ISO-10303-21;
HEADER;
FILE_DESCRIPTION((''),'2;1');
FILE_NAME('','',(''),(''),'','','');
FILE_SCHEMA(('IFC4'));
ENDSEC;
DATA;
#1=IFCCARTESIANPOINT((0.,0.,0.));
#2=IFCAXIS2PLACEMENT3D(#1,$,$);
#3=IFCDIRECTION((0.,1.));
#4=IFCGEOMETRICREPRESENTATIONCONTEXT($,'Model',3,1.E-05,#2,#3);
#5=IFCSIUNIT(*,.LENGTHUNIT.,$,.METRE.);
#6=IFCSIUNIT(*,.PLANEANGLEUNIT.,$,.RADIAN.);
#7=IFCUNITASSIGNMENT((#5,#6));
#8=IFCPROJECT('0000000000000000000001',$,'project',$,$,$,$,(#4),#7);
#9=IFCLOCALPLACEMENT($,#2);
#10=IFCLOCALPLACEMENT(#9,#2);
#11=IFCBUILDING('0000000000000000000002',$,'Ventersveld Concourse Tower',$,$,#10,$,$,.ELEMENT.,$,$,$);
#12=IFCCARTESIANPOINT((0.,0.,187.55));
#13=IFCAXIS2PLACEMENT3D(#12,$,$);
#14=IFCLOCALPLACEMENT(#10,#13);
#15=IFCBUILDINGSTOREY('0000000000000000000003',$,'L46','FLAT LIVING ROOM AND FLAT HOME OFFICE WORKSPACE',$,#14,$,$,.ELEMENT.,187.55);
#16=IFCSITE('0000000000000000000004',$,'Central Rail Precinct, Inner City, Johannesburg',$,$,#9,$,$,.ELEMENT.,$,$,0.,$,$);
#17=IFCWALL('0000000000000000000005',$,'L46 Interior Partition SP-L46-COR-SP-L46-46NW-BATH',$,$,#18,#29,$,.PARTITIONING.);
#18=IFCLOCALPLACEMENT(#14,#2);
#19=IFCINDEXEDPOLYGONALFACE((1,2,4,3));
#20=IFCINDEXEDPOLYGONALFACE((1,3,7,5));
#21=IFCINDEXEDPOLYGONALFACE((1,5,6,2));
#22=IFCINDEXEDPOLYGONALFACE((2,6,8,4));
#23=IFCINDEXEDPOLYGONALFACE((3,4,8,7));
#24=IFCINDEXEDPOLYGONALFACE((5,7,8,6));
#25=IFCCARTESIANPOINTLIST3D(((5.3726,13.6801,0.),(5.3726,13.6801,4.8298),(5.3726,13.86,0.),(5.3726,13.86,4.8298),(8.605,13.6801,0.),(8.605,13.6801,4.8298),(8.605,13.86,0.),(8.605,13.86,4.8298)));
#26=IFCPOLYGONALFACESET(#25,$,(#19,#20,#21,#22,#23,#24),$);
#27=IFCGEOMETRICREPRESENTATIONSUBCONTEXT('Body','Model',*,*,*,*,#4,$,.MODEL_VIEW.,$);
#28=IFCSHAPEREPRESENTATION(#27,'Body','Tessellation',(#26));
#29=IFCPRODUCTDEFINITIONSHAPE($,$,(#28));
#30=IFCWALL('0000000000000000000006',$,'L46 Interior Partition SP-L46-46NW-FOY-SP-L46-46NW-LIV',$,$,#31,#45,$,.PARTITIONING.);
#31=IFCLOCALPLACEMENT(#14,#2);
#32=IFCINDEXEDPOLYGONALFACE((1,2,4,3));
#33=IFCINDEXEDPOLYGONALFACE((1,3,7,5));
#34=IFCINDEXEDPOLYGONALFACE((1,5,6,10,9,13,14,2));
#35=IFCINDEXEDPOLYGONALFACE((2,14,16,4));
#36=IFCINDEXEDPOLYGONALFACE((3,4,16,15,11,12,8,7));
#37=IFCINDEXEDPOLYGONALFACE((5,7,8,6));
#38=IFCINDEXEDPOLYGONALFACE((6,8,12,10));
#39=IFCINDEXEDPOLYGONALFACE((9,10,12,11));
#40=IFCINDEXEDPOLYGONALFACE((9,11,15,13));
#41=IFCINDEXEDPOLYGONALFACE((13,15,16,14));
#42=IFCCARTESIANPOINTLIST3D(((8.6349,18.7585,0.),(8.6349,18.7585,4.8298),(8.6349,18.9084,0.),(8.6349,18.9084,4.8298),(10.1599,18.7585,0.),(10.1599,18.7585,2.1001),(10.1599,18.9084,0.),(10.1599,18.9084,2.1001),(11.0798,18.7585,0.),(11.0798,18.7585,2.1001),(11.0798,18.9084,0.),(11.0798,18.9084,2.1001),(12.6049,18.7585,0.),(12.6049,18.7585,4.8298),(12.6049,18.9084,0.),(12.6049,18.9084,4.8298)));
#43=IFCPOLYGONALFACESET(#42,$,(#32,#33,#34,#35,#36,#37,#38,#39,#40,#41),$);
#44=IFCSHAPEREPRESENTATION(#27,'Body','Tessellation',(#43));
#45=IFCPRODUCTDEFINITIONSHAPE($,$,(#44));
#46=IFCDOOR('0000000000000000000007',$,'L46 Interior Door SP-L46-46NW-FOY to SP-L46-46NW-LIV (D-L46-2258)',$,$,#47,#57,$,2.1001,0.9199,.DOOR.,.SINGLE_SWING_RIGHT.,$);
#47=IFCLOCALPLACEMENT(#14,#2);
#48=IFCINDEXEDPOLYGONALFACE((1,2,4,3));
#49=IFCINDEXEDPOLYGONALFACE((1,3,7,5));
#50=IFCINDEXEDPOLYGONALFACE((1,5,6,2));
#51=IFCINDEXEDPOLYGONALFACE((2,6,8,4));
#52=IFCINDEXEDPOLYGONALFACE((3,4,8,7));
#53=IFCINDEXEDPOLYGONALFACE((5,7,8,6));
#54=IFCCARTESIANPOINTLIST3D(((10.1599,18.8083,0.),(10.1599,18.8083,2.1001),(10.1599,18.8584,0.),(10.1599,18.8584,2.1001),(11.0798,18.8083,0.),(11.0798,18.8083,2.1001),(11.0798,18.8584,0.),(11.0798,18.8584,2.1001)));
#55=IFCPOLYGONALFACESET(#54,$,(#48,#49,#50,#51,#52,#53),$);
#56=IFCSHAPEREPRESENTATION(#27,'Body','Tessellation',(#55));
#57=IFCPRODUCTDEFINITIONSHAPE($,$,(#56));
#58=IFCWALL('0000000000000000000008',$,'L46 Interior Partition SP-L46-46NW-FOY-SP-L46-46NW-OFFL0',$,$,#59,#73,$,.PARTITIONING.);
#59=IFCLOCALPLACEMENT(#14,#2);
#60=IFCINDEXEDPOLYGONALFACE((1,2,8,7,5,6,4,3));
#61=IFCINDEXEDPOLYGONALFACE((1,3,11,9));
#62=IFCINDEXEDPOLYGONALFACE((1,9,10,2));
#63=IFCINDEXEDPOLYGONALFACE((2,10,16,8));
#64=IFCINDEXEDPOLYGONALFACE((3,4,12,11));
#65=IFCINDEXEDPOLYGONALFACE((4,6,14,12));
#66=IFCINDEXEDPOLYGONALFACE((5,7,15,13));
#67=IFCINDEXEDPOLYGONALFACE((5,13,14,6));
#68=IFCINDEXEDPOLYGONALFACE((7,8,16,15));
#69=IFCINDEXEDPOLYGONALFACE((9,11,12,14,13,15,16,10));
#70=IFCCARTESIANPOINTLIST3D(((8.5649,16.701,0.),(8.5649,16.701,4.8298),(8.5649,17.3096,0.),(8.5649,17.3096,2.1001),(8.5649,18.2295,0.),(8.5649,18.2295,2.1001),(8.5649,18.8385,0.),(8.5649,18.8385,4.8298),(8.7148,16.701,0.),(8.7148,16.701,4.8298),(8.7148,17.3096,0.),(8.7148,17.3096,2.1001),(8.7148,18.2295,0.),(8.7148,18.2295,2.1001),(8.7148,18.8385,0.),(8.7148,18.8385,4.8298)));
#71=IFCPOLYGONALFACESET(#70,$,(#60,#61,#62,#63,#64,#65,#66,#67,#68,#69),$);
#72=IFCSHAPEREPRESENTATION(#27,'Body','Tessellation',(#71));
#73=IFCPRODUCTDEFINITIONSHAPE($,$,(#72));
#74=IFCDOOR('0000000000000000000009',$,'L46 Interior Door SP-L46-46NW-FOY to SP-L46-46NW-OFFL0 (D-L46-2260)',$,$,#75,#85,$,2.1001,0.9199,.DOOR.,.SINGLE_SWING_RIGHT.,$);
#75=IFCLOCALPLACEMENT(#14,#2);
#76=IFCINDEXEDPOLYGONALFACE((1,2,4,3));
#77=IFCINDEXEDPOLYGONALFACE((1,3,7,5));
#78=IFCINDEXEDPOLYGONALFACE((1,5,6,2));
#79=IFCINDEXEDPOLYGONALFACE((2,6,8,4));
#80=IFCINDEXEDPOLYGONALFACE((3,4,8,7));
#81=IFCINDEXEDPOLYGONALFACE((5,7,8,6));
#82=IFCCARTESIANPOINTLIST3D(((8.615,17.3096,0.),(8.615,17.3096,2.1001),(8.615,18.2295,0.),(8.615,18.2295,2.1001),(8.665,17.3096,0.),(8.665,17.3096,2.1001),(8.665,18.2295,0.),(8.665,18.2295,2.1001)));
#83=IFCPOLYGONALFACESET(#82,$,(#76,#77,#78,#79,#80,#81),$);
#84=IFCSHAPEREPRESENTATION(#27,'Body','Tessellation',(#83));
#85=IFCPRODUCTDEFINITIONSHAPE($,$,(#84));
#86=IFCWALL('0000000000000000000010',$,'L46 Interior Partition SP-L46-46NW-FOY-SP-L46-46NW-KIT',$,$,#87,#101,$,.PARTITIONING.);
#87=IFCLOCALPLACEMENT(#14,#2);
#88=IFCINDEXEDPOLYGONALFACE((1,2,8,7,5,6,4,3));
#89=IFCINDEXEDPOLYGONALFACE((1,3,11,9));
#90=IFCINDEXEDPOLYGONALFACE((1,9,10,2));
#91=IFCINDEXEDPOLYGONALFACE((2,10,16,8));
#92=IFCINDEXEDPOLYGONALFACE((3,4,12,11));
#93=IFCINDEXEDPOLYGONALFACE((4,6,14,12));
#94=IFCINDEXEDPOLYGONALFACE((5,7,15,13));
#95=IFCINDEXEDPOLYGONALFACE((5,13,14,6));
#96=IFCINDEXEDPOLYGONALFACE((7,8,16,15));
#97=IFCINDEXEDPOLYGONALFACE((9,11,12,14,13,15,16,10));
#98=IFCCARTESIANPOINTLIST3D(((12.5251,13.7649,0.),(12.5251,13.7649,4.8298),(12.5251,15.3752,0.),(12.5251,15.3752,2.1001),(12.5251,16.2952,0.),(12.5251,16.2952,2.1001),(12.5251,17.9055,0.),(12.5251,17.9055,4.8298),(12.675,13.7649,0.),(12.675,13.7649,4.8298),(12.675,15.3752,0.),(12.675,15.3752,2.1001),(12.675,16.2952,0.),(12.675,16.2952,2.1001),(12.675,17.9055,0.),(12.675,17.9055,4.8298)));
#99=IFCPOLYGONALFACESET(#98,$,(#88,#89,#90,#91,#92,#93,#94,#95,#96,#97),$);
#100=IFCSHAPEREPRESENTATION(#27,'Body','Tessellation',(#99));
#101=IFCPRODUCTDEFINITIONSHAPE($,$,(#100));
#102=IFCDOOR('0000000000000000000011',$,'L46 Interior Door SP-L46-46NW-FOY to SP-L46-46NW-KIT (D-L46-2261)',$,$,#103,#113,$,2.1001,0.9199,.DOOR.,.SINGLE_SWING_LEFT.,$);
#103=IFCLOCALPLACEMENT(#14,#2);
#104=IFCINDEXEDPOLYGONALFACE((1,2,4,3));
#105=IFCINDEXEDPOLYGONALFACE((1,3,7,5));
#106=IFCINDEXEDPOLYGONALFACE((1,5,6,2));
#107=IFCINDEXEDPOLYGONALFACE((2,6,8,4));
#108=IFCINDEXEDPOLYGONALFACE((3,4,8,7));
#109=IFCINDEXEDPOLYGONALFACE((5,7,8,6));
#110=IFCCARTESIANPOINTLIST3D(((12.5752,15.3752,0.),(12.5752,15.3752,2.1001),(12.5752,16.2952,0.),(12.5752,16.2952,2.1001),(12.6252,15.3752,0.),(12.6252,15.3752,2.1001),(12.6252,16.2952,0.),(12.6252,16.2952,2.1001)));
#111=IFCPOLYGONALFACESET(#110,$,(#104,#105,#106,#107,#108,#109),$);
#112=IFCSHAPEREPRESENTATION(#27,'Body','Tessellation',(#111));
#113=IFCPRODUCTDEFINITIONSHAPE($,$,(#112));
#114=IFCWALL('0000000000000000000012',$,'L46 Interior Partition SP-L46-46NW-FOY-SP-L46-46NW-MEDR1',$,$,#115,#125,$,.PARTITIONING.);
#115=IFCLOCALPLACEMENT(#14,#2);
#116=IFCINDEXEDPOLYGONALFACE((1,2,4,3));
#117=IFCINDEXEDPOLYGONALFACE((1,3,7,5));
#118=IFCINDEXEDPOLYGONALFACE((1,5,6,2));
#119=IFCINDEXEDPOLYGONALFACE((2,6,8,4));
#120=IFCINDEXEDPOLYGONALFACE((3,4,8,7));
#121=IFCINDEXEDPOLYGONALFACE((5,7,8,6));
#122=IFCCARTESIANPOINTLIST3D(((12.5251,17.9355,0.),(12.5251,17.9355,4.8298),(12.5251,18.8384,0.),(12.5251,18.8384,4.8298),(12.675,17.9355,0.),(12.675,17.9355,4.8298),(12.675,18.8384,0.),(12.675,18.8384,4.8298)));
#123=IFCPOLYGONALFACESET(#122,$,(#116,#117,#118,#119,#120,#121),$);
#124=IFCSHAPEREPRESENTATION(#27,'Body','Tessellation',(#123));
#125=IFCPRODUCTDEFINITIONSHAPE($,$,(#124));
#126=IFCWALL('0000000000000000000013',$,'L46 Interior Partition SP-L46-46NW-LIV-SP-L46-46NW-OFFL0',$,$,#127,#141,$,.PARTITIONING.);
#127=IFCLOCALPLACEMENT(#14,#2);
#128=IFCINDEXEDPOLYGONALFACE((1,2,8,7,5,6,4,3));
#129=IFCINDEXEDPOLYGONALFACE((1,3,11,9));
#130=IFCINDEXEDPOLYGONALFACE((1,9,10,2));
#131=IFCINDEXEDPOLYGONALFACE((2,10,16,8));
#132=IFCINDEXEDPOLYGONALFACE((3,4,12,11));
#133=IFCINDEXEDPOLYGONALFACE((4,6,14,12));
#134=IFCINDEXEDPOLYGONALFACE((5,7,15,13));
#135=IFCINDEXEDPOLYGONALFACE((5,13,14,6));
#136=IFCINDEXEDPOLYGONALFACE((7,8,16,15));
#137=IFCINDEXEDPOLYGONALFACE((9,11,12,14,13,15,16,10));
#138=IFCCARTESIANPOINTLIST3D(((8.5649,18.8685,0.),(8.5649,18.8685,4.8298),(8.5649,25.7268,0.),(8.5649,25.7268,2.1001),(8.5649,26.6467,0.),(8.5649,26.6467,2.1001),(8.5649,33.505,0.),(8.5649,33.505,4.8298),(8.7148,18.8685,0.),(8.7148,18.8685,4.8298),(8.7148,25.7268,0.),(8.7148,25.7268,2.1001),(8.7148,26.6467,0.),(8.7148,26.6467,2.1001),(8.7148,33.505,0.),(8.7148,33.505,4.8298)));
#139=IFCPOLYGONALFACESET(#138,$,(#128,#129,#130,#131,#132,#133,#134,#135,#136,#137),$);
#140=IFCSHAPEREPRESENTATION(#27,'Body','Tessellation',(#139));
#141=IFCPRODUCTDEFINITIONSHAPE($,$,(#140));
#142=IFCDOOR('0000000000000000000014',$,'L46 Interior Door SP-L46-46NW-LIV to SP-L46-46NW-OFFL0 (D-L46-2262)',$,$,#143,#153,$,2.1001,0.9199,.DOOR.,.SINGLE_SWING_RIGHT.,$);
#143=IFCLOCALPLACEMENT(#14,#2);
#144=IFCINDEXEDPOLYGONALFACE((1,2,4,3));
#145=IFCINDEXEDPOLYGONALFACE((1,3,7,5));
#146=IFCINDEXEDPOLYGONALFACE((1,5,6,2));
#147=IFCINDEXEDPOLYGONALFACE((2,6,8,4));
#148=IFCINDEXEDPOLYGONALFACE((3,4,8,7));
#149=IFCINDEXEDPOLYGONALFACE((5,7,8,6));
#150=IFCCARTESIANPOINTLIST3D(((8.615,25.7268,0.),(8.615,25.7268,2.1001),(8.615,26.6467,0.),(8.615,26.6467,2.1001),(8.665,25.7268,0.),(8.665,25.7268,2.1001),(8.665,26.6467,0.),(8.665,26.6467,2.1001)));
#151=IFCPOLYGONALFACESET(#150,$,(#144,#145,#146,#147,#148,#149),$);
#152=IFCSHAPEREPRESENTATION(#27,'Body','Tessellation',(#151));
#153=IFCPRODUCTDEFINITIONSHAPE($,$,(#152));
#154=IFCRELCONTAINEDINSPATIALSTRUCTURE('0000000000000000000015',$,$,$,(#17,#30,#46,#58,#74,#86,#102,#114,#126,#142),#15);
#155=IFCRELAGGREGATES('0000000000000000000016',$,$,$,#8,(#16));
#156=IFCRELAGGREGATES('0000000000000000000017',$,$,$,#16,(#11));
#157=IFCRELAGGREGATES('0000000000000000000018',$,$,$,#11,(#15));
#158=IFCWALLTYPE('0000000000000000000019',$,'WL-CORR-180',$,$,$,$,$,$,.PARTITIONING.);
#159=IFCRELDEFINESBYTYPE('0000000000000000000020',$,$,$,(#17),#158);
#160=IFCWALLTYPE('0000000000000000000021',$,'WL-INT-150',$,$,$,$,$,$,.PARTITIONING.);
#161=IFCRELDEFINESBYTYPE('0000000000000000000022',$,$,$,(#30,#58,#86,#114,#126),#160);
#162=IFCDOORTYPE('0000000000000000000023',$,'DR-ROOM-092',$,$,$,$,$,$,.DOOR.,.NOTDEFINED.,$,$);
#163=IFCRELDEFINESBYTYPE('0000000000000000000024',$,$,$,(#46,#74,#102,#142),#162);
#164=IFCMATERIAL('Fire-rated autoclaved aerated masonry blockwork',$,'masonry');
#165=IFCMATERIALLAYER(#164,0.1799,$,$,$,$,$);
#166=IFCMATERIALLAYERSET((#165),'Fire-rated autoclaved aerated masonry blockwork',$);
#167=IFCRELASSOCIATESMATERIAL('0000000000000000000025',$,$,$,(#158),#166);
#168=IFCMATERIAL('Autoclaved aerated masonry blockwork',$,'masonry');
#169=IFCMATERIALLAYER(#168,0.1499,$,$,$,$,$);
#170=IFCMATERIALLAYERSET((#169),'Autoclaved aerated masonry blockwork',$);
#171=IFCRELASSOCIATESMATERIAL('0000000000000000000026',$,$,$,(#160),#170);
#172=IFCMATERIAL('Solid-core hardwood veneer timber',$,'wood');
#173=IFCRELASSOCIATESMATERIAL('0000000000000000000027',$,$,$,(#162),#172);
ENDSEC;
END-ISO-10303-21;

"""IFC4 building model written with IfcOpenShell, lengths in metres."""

from ifc_helpers import new_model, si_unit, direction, frame, frame_2d, origin, place, context, subcontext, project, spatial, rectangle, extrude, material, layer, layer_set, type_object, element, fill, save


model = new_model("IFC4")

# Units and contexts
model_context = context("Model", 3, precision=1e-05, world=origin(), true_north=direction((0.0, 1.0)))
body_context = subcontext(model_context, "Body", "Model", "MODEL_VIEW")
ifc_project = project(units=[si_unit("LENGTHUNIT", "METRE"), si_unit("PLANEANGLEUNIT", "RADIAN")], contexts=[model_context])

# Site, building, storey
site_placement = place(None, origin())
site = spatial("IfcSite", under=ifc_project, at=site_placement, Name="Central Rail Precinct, Inner City, Johannesburg", CompositionType="ELEMENT", RefElevation=0.0)
building_placement = place(site_placement, origin())
building = spatial("IfcBuilding", under=site, at=building_placement, Name="Ventersveld Concourse Tower", CompositionType="ELEMENT")
storey_placement = place(building_placement, frame((0.0, 0.0, 187.55)))
storey = spatial("IfcBuildingStorey", under=building, at=storey_placement, Name="L46", Description="FLAT LIVING ROOM AND FLAT HOME OFFICE WORKSPACE", CompositionType="ELEMENT", Elevation=187.55)

# Shared definitions
ifc_material_1 = material(Name="Fire-rated autoclaved aerated masonry blockwork", Category="masonry")
ifc_layer_1 = layer(ifc_material_1, 0.1799)
ifc_layer_set_1 = layer_set([ifc_layer_1], Name="Fire-rated autoclaved aerated masonry blockwork")
wall_type_1 = type_object("IfcWallType", Name="WL-CORR-180", PredefinedType="PARTITIONING", material=ifc_layer_set_1)
ifc_material_2 = material(Name="Solid-core hardwood veneer timber", Category="wood")

# Wall
wall_1_placement = place(storey_placement, frame((5.3726, 13.77, 0.0), z_axis=(0.0, 0.0, 1.0), x_axis=(1.0, 0.0, 0.0)))
element("IfcWall", 1, at=wall_1_placement, inside=storey, type_object=wall_type_1, Name="L46 Interior Partition SP-L46-COR-SP-L46-46NW-BATH", PredefinedType="PARTITIONING", context=body_context, shape_type="SweptSolid", body=[
    extrude(rectangle(XDim=3.2324, YDim=0.1799, at=frame_2d((1.6162, 0.0))), origin(), (0.0, 0.0, 1.0), 4.8298),
])

# Walls, openings, doors
ifc_material_3 = material(Name="Autoclaved aerated masonry blockwork", Category="masonry")
ifc_layer_2 = layer(ifc_material_3, 0.1499)
ifc_layer_set_2 = layer_set([ifc_layer_2], Name="Autoclaved aerated masonry blockwork")
wall_type_2 = type_object("IfcWallType", Name="WL-INT-150", PredefinedType="PARTITIONING", material=ifc_layer_set_2)
wall_2_placement = place(storey_placement, frame((8.635, 18.8335, 0.0), z_axis=(0.0, 0.0, 1.0), x_axis=(1.0, 0.0, 0.0)))
wall_2 = element("IfcWall", 2, at=wall_2_placement, inside=storey, type_object=wall_type_2, Name="L46 Interior Partition SP-L46-46NW-FOY-SP-L46-46NW-LIV", PredefinedType="PARTITIONING", context=body_context, shape_type="SweptSolid", body=[
    extrude(rectangle(XDim=3.97, YDim=0.1499, at=frame_2d((1.9849, 0.0))), origin(), (0.0, 0.0, 1.0), 4.8298),
])
opening_1_placement = place(wall_2_placement, frame((1.5249, 0.0, 0.0)))
opening_1 = element("IfcOpeningElement", 3, at=opening_1_placement, cuts=wall_2, PredefinedType="OPENING", context=body_context, shape_type="SweptSolid", body=[
    extrude(rectangle(XDim=0.9199, YDim=2.1001, at=frame_2d((0.46, 1.05))), frame((0.0, 0.085, 0.0), z_axis=(0.0, -1.0, 0.0), x_axis=(1.0, 0.0, 0.0)), (0.0, 0.0, 1.0), 0.1699),
])
door_type_1 = type_object("IfcDoorType", Name="DR-ROOM-092", OperationType="NOTDEFINED", PredefinedType="DOOR", material=ifc_material_2)
door_1_placement = place(opening_1_placement, origin())
door_1 = element("IfcDoor", 4, at=door_1_placement, inside=storey, type_object=door_type_1, Name="L46 Interior Door SP-L46-46NW-FOY to SP-L46-46NW-LIV (D-L46-2258)", OperationType="SINGLE_SWING_RIGHT", OverallHeight=2.1001, OverallWidth=0.9199, PredefinedType="DOOR", context=body_context, shape_type="SweptSolid", body=[
    extrude(rectangle(XDim=0.9199, YDim=2.1001, at=frame_2d((0.46, 1.05))), frame((0.0, 0.0249, 0.0), z_axis=(0.0, -1.0, 0.0), x_axis=(1.0, 0.0, 0.0)), (0.0, 0.0, 1.0), 0.05),
])
fill(opening_1, door_1)
wall_3_placement = place(storey_placement, frame((8.6399, 16.7009, 0.0), z_axis=(0.0, 0.0, 1.0), x_axis=(0.0, 1.0, 0.0)))
wall_3 = element("IfcWall", 5, at=wall_3_placement, inside=storey, type_object=wall_type_2, Name="L46 Interior Partition SP-L46-46NW-FOY-SP-L46-46NW-OFFL0", PredefinedType="PARTITIONING", context=body_context, shape_type="SweptSolid", body=[
    extrude(rectangle(XDim=2.1375, YDim=0.1499, at=frame_2d((1.0688, 0.0))), origin(), (0.0, 0.0, 1.0), 4.8298),
])
opening_2_placement = place(wall_3_placement, frame((0.6086, 0.0, 0.0)))
opening_2 = element("IfcOpeningElement", 6, at=opening_2_placement, cuts=wall_3, PredefinedType="OPENING", context=body_context, shape_type="SweptSolid", body=[
    extrude(rectangle(XDim=0.9199, YDim=2.1001, at=frame_2d((0.46, 1.05))), frame((0.0, 0.085, 0.0), z_axis=(0.0, -1.0, 0.0), x_axis=(1.0, 0.0, 0.0)), (0.0, 0.0, 1.0), 0.1699),
])
door_2_placement = place(opening_2_placement, origin())
door_2 = element("IfcDoor", 7, at=door_2_placement, inside=storey, type_object=door_type_1, Name="L46 Interior Door SP-L46-46NW-FOY to SP-L46-46NW-OFFL0 (D-L46-2260)", OperationType="SINGLE_SWING_RIGHT", OverallHeight=2.1001, OverallWidth=0.9199, PredefinedType="DOOR", context=body_context, shape_type="SweptSolid", body=[
    extrude(rectangle(XDim=0.9199, YDim=2.1001, at=frame_2d((0.46, 1.05))), frame((0.0, 0.0249, 0.0), z_axis=(0.0, -1.0, 0.0), x_axis=(1.0, 0.0, 0.0)), (0.0, 0.0, 1.0), 0.05),
])
fill(opening_2, door_2)
wall_4_placement = place(storey_placement, frame((12.6001, 13.7649, 0.0), z_axis=(0.0, 0.0, 1.0), x_axis=(0.0, 1.0, 0.0)))
wall_4 = element("IfcWall", 8, at=wall_4_placement, inside=storey, type_object=wall_type_2, Name="L46 Interior Partition SP-L46-46NW-FOY-SP-L46-46NW-KIT", PredefinedType="PARTITIONING", context=body_context, shape_type="SweptSolid", body=[
    extrude(rectangle(XDim=4.1406, YDim=0.1499, at=frame_2d((2.0703, 0.0))), origin(), (0.0, 0.0, 1.0), 4.8298),
])
opening_3_placement = place(wall_4_placement, frame((1.6104, 0.0, 0.0)))
opening_3 = element("IfcOpeningElement", 9, at=opening_3_placement, cuts=wall_4, PredefinedType="OPENING", context=body_context, shape_type="SweptSolid", body=[
    extrude(rectangle(XDim=0.9199, YDim=2.1001, at=frame_2d((0.46, 1.05))), frame((0.0, 0.085, 0.0), z_axis=(0.0, -1.0, 0.0), x_axis=(1.0, 0.0, 0.0)), (0.0, 0.0, 1.0), 0.1699),
])
door_3_placement = place(opening_3_placement, origin())
door_3 = element("IfcDoor", 10, at=door_3_placement, inside=storey, type_object=door_type_1, Name="L46 Interior Door SP-L46-46NW-FOY to SP-L46-46NW-KIT (D-L46-2261)", OperationType="SINGLE_SWING_LEFT", OverallHeight=2.1001, OverallWidth=0.9199, PredefinedType="DOOR", context=body_context, shape_type="SweptSolid", body=[
    extrude(rectangle(XDim=0.9199, YDim=2.1001, at=frame_2d((0.46, 1.05))), frame((0.0, 0.0249, 0.0), z_axis=(0.0, -1.0, 0.0), x_axis=(1.0, 0.0, 0.0)), (0.0, 0.0, 1.0), 0.05),
])
fill(opening_3, door_3)

# Wall
wall_5_placement = place(storey_placement, frame((12.6001, 17.9355, 0.0), z_axis=(0.0, 0.0, 1.0), x_axis=(0.0, 1.0, 0.0)))
element("IfcWall", 11, at=wall_5_placement, inside=storey, type_object=wall_type_2, Name="L46 Interior Partition SP-L46-46NW-FOY-SP-L46-46NW-MEDR1", PredefinedType="PARTITIONING", context=body_context, shape_type="SweptSolid", body=[
    extrude(rectangle(XDim=0.9028, YDim=0.1499, at=frame_2d((0.4514, 0.0))), origin(), (0.0, 0.0, 1.0), 4.8298),
])

# Wall, opening, door
wall_6_placement = place(storey_placement, frame((8.6399, 18.8684, 0.0), z_axis=(0.0, 0.0, 1.0), x_axis=(0.0, 1.0, 0.0)))
wall_6 = element("IfcWall", 12, at=wall_6_placement, inside=storey, type_object=wall_type_2, Name="L46 Interior Partition SP-L46-46NW-LIV-SP-L46-46NW-OFFL0", PredefinedType="PARTITIONING", context=body_context, shape_type="SweptSolid", body=[
    extrude(rectangle(XDim=14.6365, YDim=0.1499, at=frame_2d((7.3184, 0.0))), origin(), (0.0, 0.0, 1.0), 4.8298),
])
opening_4_placement = place(wall_6_placement, frame((6.8584, 0.0, 0.0)))
opening_4 = element("IfcOpeningElement", 13, at=opening_4_placement, cuts=wall_6, PredefinedType="OPENING", context=body_context, shape_type="SweptSolid", body=[
    extrude(rectangle(XDim=0.9199, YDim=2.1001, at=frame_2d((0.46, 1.05))), frame((0.0, 0.085, 0.0), z_axis=(0.0, -1.0, 0.0), x_axis=(1.0, 0.0, 0.0)), (0.0, 0.0, 1.0), 0.1699),
])
door_4_placement = place(opening_4_placement, origin())
door_4 = element("IfcDoor", 14, at=door_4_placement, inside=storey, type_object=door_type_1, Name="L46 Interior Door SP-L46-46NW-LIV to SP-L46-46NW-OFFL0 (D-L46-2262)", OperationType="SINGLE_SWING_RIGHT", OverallHeight=2.1001, OverallWidth=0.9199, PredefinedType="DOOR", context=body_context, shape_type="SweptSolid", body=[
    extrude(rectangle(XDim=0.9199, YDim=2.1001, at=frame_2d((0.46, 1.05))), frame((0.0, 0.0249, 0.0), z_axis=(0.0, -1.0, 0.0), x_axis=(1.0, 0.0, 0.0)), (0.0, 0.0, 1.0), 0.05),
])
fill(opening_4, door_4)

save(model, "model.ifc")
